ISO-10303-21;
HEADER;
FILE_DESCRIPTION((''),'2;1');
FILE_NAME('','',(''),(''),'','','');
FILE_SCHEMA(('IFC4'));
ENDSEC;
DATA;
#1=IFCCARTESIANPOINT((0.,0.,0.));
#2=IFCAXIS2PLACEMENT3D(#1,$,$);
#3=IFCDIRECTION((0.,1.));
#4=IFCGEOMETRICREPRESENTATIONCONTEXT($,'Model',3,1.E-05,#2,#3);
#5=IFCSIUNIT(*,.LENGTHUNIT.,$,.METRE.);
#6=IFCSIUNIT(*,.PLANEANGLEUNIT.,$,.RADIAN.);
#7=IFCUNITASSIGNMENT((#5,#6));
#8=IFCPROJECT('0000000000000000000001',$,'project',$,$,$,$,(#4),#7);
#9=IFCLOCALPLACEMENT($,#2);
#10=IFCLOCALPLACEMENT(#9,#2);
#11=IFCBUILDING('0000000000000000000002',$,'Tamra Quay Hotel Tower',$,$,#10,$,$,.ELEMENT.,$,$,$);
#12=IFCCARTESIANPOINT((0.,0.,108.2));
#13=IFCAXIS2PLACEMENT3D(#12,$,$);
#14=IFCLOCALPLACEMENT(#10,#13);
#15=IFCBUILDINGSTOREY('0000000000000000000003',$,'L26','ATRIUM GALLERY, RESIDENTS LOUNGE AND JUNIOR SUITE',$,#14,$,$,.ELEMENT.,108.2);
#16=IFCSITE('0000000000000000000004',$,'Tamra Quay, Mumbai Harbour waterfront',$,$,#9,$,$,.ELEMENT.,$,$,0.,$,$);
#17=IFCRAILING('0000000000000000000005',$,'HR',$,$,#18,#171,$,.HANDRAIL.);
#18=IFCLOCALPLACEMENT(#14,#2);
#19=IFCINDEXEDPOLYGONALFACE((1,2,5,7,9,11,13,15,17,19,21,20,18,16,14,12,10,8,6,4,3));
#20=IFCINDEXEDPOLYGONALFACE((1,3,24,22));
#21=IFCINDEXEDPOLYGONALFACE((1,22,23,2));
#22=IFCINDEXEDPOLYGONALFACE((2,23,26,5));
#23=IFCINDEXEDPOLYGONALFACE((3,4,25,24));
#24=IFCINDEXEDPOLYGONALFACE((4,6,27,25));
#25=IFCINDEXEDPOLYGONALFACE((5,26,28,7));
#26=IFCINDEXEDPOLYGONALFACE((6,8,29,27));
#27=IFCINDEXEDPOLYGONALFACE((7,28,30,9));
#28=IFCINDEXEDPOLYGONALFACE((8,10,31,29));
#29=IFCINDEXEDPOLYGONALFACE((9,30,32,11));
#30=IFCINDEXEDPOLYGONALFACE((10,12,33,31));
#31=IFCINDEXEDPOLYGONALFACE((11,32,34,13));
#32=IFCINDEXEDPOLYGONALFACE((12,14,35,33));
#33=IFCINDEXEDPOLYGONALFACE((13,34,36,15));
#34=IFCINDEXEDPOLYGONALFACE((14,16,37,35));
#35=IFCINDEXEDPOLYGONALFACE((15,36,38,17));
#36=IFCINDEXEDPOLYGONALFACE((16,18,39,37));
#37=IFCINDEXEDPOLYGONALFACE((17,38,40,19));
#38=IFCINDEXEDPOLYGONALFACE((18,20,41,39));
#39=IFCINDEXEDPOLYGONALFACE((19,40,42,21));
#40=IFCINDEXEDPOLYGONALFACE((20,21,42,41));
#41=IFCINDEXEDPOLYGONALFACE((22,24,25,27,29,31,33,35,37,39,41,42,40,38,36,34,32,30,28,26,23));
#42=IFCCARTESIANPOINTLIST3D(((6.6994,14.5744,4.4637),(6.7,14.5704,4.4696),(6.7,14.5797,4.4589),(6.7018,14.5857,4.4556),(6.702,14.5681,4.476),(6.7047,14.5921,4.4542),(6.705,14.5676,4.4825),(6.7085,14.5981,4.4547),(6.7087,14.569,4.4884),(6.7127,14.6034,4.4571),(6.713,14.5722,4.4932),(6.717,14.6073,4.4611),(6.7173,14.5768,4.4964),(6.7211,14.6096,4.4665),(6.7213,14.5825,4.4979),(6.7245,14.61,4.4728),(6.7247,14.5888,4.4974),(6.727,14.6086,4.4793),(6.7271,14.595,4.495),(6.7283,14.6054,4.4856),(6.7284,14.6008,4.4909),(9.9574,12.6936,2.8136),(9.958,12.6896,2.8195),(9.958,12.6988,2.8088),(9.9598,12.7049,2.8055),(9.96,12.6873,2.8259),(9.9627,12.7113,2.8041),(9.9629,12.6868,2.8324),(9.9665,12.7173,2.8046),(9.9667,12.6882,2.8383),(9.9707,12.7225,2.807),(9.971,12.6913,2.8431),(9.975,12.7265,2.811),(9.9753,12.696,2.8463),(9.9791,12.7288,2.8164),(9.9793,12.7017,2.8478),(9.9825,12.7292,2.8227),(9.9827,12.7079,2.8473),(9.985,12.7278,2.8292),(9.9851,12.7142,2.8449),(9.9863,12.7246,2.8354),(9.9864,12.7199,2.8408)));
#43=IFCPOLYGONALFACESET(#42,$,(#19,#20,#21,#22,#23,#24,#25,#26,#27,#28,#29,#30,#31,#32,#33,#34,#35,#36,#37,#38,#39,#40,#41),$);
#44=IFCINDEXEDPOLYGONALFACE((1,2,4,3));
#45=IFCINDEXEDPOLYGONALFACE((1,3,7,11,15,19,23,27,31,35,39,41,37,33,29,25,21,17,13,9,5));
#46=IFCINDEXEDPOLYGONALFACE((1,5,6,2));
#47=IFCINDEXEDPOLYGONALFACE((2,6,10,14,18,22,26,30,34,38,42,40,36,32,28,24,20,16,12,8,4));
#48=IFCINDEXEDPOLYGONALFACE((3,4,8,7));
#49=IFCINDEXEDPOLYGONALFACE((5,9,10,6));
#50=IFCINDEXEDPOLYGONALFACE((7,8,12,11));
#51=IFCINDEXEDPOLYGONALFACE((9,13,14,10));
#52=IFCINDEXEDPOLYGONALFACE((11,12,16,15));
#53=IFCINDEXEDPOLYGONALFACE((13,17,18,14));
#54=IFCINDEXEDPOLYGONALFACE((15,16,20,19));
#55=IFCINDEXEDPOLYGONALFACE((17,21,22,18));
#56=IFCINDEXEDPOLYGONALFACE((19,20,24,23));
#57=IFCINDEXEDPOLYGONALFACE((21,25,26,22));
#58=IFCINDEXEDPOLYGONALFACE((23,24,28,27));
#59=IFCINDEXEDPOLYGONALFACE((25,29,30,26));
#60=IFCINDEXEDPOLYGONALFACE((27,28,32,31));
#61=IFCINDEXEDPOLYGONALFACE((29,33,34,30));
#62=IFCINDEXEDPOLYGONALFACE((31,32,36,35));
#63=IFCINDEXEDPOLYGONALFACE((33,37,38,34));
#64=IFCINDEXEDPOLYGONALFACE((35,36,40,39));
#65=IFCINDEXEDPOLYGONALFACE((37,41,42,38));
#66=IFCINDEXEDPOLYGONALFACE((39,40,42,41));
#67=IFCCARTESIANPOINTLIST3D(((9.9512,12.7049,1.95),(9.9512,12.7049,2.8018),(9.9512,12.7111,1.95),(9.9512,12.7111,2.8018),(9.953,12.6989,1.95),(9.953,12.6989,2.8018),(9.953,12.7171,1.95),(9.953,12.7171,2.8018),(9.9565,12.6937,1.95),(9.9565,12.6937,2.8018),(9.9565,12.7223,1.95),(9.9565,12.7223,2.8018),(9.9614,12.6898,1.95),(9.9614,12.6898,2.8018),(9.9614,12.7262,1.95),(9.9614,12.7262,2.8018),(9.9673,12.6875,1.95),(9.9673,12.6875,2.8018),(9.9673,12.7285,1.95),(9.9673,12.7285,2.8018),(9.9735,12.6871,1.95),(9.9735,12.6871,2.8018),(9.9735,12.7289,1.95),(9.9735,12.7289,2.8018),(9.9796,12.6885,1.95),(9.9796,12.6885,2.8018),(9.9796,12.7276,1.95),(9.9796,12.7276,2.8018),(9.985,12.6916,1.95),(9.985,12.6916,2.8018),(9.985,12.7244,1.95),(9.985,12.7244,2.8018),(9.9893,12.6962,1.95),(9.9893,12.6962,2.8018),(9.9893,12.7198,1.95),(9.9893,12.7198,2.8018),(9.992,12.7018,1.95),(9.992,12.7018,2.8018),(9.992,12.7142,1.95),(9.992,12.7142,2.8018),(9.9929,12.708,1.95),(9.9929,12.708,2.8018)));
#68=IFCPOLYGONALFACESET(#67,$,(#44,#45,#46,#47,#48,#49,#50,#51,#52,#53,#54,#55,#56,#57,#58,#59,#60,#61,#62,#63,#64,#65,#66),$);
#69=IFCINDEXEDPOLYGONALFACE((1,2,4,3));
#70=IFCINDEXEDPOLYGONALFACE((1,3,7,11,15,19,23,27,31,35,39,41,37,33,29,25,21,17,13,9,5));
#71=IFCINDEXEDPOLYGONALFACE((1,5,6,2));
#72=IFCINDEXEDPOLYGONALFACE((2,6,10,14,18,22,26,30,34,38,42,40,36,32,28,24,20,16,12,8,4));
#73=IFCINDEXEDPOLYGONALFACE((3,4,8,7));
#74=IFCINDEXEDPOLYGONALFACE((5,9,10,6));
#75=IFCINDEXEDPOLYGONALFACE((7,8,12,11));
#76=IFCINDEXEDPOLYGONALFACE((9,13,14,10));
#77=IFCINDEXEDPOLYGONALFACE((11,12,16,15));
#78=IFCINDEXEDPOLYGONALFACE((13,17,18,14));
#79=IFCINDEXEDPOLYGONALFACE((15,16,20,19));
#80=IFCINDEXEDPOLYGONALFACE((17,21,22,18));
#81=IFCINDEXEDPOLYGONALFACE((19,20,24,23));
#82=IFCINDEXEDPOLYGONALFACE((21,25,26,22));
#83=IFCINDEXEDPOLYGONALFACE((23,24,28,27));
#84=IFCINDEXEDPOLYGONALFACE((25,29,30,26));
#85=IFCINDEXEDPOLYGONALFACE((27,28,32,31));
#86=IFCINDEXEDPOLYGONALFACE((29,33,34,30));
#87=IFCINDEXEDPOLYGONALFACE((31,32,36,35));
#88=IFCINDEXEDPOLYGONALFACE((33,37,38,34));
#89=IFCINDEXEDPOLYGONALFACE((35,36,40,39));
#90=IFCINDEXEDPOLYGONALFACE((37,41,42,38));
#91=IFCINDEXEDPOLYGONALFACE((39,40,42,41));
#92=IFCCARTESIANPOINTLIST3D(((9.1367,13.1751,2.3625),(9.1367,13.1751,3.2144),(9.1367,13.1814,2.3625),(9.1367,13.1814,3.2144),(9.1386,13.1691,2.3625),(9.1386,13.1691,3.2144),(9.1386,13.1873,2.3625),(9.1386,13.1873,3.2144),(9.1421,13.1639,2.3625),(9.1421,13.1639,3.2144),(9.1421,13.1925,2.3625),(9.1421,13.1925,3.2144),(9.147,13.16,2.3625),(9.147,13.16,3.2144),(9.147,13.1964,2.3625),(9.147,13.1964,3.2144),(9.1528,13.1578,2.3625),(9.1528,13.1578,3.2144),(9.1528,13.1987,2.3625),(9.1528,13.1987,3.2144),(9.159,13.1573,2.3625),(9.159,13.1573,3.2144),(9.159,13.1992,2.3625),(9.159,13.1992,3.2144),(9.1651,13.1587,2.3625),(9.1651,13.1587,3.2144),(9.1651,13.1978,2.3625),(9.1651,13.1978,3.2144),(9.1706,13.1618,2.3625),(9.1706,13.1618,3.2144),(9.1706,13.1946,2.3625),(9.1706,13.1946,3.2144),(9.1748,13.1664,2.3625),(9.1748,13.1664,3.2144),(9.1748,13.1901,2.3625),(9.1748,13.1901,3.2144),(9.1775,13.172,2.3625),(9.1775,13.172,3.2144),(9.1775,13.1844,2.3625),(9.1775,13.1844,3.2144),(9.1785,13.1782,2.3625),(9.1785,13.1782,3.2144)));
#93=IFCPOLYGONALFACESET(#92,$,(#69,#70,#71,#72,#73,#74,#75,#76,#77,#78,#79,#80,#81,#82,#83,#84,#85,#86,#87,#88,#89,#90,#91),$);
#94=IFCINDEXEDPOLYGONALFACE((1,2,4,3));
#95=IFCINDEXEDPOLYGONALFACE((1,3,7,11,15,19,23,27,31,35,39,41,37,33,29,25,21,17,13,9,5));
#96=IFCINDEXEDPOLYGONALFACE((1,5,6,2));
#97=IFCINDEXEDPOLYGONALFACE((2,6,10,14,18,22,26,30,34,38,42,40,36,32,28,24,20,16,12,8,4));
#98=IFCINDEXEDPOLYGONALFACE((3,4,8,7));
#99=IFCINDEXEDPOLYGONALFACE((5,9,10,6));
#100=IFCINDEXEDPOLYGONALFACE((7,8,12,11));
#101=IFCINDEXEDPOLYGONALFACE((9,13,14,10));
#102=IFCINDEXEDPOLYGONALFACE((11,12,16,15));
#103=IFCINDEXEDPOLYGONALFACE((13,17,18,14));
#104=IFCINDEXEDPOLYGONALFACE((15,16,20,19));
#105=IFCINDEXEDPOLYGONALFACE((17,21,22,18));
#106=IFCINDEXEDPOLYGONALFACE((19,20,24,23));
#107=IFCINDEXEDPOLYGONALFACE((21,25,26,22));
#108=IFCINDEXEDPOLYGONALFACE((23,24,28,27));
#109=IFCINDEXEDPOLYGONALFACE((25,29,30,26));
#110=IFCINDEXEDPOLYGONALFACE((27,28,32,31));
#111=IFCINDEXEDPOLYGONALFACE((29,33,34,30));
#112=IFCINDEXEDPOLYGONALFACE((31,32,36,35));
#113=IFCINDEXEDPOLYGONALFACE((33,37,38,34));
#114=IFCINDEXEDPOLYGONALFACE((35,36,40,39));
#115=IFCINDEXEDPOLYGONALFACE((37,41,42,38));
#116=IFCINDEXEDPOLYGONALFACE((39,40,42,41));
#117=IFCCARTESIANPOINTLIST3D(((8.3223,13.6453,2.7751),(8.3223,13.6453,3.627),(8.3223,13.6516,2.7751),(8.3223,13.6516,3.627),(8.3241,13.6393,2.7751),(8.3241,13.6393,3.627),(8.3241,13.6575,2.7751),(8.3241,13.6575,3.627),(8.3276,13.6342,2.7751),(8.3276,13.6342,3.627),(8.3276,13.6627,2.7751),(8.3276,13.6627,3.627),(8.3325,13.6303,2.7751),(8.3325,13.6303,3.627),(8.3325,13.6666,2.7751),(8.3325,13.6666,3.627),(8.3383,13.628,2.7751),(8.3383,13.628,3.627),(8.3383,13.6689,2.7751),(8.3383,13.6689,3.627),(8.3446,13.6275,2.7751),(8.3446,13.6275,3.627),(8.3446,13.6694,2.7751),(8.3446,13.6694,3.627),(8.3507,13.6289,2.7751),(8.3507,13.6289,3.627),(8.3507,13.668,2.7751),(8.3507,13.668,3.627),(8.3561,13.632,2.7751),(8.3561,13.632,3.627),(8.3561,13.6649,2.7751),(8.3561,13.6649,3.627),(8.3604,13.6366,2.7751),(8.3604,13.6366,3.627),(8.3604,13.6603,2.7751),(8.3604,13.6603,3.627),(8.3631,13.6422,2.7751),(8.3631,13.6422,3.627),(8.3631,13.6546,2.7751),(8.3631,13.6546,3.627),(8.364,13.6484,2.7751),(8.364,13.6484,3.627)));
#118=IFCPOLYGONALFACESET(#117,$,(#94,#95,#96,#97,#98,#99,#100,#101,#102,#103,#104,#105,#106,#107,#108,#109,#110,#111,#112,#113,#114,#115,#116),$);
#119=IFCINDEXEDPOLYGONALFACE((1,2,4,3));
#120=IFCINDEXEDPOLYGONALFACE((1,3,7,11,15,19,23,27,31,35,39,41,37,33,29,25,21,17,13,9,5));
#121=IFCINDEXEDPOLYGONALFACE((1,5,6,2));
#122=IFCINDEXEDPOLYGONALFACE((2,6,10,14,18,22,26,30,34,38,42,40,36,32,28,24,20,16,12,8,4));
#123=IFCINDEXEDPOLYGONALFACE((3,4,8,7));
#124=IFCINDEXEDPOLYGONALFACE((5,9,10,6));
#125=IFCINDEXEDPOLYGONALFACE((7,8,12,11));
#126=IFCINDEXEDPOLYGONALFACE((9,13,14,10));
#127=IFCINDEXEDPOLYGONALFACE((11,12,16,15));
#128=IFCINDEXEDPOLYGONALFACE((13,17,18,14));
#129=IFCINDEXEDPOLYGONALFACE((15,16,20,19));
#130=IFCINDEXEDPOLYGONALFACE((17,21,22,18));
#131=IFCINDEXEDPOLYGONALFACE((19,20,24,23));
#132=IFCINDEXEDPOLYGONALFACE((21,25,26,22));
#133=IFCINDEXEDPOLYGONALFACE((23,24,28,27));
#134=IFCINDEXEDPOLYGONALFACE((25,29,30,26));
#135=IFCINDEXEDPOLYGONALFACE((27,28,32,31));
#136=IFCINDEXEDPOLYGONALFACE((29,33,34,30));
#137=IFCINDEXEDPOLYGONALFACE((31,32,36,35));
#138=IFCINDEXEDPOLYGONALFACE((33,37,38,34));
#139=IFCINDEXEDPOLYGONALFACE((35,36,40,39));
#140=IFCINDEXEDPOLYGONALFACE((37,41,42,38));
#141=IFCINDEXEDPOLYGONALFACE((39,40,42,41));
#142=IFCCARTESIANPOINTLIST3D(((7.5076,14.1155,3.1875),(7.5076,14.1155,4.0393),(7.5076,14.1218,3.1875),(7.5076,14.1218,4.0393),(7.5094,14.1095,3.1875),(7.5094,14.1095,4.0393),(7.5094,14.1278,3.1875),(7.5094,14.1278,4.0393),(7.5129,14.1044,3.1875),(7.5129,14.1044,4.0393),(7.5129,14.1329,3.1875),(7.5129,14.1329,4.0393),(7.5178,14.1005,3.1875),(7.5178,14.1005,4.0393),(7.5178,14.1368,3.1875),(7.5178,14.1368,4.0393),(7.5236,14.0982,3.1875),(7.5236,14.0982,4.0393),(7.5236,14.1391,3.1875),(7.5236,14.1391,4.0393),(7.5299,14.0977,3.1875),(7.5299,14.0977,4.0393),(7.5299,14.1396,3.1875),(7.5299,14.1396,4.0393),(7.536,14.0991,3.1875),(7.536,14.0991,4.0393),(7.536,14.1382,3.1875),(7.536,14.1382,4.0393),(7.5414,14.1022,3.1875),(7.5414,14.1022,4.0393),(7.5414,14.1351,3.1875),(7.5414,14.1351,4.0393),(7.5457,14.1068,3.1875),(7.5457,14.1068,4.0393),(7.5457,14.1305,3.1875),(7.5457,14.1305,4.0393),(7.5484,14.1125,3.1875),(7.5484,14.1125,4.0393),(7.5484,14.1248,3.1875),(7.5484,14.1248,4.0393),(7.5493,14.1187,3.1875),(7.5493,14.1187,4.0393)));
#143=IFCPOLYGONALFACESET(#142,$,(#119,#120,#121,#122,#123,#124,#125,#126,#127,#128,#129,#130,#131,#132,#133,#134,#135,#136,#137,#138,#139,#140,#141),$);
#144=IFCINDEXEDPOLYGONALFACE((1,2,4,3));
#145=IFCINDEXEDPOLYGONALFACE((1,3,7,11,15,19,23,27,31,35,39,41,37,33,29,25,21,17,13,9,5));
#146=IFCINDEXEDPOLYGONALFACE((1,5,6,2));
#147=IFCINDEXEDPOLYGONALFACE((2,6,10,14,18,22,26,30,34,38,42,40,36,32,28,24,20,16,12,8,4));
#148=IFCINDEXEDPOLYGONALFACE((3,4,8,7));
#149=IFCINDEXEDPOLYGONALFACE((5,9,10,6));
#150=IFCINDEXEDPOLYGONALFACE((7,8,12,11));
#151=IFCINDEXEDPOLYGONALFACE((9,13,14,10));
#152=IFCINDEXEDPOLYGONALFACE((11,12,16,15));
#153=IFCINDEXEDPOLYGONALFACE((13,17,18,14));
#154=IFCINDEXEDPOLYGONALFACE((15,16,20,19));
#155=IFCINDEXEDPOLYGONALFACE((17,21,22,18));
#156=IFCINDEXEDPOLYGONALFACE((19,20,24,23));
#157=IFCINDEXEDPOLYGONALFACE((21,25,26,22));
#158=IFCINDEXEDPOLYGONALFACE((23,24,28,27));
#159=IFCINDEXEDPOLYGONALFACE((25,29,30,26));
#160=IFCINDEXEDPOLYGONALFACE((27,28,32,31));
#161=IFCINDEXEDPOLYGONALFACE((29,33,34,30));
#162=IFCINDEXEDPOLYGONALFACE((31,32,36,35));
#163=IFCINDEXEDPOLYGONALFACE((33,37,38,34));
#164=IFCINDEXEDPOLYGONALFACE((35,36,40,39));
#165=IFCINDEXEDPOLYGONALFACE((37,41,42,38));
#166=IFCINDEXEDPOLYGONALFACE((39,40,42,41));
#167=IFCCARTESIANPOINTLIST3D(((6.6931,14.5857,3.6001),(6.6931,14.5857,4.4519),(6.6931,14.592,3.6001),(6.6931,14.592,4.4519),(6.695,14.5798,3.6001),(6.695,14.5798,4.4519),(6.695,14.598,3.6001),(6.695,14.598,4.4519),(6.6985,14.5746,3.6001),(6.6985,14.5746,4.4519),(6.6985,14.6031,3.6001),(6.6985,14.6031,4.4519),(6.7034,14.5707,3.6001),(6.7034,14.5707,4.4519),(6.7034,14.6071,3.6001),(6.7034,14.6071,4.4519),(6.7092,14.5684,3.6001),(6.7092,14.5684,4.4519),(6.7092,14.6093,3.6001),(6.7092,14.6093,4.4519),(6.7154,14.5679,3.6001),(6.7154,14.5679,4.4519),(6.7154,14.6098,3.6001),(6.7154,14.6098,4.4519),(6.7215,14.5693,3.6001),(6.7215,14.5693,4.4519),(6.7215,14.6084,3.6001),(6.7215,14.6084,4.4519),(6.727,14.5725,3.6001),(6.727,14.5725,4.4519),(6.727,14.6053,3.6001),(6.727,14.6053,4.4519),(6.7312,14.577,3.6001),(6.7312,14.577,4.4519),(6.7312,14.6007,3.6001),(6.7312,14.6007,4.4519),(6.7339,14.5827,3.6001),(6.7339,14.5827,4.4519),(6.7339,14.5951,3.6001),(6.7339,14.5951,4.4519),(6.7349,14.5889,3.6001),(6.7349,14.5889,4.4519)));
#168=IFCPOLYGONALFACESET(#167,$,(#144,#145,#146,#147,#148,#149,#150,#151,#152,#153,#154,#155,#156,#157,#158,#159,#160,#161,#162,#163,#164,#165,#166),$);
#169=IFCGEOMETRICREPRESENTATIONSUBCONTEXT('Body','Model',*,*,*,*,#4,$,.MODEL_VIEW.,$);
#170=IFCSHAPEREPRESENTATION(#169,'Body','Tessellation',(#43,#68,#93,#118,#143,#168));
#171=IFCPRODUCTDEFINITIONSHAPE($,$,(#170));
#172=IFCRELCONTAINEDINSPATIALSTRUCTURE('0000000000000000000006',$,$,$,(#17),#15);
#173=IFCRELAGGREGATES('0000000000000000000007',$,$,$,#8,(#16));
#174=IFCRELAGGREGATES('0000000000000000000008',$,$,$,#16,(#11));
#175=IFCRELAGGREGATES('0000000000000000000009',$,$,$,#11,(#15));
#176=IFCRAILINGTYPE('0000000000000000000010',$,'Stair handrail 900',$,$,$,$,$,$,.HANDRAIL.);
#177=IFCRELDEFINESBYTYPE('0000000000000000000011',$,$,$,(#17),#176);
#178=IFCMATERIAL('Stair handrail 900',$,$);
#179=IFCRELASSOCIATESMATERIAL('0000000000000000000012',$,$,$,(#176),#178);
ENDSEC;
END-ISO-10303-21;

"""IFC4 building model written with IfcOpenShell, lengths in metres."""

from ifc_helpers import new_model, si_unit, direction, frame, origin, origin_2d, place, context, subcontext, project, spatial, circle, extrude, material, type_object, element, save


model = new_model("IFC4")

# Units and contexts
model_context = context("Model", 3, precision=1e-05, world=origin(), true_north=direction((0.0, 1.0)))
body_context = subcontext(model_context, "Body", "Model", "MODEL_VIEW")
ifc_project = project(units=[si_unit("LENGTHUNIT", "METRE"), si_unit("PLANEANGLEUNIT", "RADIAN")], contexts=[model_context])

# Site, building, storey
site_placement = place(None, origin())
site = spatial("IfcSite", under=ifc_project, at=site_placement, Name="Tamra Quay, Mumbai Harbour waterfront", CompositionType="ELEMENT", RefElevation=0.0)
building_placement = place(site_placement, origin())
building = spatial("IfcBuilding", under=site, at=building_placement, Name="Tamra Quay Hotel Tower", CompositionType="ELEMENT")
storey_placement = place(building_placement, frame((0.0, 0.0, 108.2)))
storey = spatial("IfcBuildingStorey", under=building, at=storey_placement, Name="L26", Description="ATRIUM GALLERY, RESIDENTS LOUNGE AND JUNIOR SUITE", CompositionType="ELEMENT", Elevation=108.2)

# Railing
ifc_material_1 = material(Name="Stair handrail 900")
railing_type_1 = type_object("IfcRailingType", Name="Stair handrail 900", PredefinedType="HANDRAIL", material=ifc_material_1)
railing_1_placement = place(storey_placement, frame((9.9719, 12.708, 1.95)))
element("IfcRailing", 1, at=railing_1_placement, inside=storey, type_object=railing_type_1, Name="HR", PredefinedType="HANDRAIL", context=body_context, shape_type="SweptSolid", body=[
    extrude(circle(Radius=0.0239, at=origin_2d()), frame((0.0, 0.0, 0.876), z_axis=(-0.793103, 0.457854, 0.401692), x_axis=(-0.499964, -0.866046, 0.0)), (0.0, 0.0, 1.0), 4.1079),
    extrude(circle(Radius=0.021, at=origin_2d()), origin(), (0.0, 0.0, 1.0), 0.8518),
    extrude(circle(Radius=0.021, at=origin_2d()), frame((-0.8145, 0.4702, 0.4126)), (0.0, 0.0, 1.0), 0.8518),
    extrude(circle(Radius=0.021, at=origin_2d()), frame((-1.6289, 0.9404, 0.8252)), (0.0, 0.0, 1.0), 0.8518),
    extrude(circle(Radius=0.021, at=origin_2d()), frame((-2.4436, 1.4106, 1.2375)), (0.0, 0.0, 1.0), 0.8518),
    extrude(circle(Radius=0.021, at=origin_2d()), frame((-3.2581, 1.8809, 1.6501)), (0.0, 0.0, 1.0), 0.8518),
])

save(model, "model.ifc")
